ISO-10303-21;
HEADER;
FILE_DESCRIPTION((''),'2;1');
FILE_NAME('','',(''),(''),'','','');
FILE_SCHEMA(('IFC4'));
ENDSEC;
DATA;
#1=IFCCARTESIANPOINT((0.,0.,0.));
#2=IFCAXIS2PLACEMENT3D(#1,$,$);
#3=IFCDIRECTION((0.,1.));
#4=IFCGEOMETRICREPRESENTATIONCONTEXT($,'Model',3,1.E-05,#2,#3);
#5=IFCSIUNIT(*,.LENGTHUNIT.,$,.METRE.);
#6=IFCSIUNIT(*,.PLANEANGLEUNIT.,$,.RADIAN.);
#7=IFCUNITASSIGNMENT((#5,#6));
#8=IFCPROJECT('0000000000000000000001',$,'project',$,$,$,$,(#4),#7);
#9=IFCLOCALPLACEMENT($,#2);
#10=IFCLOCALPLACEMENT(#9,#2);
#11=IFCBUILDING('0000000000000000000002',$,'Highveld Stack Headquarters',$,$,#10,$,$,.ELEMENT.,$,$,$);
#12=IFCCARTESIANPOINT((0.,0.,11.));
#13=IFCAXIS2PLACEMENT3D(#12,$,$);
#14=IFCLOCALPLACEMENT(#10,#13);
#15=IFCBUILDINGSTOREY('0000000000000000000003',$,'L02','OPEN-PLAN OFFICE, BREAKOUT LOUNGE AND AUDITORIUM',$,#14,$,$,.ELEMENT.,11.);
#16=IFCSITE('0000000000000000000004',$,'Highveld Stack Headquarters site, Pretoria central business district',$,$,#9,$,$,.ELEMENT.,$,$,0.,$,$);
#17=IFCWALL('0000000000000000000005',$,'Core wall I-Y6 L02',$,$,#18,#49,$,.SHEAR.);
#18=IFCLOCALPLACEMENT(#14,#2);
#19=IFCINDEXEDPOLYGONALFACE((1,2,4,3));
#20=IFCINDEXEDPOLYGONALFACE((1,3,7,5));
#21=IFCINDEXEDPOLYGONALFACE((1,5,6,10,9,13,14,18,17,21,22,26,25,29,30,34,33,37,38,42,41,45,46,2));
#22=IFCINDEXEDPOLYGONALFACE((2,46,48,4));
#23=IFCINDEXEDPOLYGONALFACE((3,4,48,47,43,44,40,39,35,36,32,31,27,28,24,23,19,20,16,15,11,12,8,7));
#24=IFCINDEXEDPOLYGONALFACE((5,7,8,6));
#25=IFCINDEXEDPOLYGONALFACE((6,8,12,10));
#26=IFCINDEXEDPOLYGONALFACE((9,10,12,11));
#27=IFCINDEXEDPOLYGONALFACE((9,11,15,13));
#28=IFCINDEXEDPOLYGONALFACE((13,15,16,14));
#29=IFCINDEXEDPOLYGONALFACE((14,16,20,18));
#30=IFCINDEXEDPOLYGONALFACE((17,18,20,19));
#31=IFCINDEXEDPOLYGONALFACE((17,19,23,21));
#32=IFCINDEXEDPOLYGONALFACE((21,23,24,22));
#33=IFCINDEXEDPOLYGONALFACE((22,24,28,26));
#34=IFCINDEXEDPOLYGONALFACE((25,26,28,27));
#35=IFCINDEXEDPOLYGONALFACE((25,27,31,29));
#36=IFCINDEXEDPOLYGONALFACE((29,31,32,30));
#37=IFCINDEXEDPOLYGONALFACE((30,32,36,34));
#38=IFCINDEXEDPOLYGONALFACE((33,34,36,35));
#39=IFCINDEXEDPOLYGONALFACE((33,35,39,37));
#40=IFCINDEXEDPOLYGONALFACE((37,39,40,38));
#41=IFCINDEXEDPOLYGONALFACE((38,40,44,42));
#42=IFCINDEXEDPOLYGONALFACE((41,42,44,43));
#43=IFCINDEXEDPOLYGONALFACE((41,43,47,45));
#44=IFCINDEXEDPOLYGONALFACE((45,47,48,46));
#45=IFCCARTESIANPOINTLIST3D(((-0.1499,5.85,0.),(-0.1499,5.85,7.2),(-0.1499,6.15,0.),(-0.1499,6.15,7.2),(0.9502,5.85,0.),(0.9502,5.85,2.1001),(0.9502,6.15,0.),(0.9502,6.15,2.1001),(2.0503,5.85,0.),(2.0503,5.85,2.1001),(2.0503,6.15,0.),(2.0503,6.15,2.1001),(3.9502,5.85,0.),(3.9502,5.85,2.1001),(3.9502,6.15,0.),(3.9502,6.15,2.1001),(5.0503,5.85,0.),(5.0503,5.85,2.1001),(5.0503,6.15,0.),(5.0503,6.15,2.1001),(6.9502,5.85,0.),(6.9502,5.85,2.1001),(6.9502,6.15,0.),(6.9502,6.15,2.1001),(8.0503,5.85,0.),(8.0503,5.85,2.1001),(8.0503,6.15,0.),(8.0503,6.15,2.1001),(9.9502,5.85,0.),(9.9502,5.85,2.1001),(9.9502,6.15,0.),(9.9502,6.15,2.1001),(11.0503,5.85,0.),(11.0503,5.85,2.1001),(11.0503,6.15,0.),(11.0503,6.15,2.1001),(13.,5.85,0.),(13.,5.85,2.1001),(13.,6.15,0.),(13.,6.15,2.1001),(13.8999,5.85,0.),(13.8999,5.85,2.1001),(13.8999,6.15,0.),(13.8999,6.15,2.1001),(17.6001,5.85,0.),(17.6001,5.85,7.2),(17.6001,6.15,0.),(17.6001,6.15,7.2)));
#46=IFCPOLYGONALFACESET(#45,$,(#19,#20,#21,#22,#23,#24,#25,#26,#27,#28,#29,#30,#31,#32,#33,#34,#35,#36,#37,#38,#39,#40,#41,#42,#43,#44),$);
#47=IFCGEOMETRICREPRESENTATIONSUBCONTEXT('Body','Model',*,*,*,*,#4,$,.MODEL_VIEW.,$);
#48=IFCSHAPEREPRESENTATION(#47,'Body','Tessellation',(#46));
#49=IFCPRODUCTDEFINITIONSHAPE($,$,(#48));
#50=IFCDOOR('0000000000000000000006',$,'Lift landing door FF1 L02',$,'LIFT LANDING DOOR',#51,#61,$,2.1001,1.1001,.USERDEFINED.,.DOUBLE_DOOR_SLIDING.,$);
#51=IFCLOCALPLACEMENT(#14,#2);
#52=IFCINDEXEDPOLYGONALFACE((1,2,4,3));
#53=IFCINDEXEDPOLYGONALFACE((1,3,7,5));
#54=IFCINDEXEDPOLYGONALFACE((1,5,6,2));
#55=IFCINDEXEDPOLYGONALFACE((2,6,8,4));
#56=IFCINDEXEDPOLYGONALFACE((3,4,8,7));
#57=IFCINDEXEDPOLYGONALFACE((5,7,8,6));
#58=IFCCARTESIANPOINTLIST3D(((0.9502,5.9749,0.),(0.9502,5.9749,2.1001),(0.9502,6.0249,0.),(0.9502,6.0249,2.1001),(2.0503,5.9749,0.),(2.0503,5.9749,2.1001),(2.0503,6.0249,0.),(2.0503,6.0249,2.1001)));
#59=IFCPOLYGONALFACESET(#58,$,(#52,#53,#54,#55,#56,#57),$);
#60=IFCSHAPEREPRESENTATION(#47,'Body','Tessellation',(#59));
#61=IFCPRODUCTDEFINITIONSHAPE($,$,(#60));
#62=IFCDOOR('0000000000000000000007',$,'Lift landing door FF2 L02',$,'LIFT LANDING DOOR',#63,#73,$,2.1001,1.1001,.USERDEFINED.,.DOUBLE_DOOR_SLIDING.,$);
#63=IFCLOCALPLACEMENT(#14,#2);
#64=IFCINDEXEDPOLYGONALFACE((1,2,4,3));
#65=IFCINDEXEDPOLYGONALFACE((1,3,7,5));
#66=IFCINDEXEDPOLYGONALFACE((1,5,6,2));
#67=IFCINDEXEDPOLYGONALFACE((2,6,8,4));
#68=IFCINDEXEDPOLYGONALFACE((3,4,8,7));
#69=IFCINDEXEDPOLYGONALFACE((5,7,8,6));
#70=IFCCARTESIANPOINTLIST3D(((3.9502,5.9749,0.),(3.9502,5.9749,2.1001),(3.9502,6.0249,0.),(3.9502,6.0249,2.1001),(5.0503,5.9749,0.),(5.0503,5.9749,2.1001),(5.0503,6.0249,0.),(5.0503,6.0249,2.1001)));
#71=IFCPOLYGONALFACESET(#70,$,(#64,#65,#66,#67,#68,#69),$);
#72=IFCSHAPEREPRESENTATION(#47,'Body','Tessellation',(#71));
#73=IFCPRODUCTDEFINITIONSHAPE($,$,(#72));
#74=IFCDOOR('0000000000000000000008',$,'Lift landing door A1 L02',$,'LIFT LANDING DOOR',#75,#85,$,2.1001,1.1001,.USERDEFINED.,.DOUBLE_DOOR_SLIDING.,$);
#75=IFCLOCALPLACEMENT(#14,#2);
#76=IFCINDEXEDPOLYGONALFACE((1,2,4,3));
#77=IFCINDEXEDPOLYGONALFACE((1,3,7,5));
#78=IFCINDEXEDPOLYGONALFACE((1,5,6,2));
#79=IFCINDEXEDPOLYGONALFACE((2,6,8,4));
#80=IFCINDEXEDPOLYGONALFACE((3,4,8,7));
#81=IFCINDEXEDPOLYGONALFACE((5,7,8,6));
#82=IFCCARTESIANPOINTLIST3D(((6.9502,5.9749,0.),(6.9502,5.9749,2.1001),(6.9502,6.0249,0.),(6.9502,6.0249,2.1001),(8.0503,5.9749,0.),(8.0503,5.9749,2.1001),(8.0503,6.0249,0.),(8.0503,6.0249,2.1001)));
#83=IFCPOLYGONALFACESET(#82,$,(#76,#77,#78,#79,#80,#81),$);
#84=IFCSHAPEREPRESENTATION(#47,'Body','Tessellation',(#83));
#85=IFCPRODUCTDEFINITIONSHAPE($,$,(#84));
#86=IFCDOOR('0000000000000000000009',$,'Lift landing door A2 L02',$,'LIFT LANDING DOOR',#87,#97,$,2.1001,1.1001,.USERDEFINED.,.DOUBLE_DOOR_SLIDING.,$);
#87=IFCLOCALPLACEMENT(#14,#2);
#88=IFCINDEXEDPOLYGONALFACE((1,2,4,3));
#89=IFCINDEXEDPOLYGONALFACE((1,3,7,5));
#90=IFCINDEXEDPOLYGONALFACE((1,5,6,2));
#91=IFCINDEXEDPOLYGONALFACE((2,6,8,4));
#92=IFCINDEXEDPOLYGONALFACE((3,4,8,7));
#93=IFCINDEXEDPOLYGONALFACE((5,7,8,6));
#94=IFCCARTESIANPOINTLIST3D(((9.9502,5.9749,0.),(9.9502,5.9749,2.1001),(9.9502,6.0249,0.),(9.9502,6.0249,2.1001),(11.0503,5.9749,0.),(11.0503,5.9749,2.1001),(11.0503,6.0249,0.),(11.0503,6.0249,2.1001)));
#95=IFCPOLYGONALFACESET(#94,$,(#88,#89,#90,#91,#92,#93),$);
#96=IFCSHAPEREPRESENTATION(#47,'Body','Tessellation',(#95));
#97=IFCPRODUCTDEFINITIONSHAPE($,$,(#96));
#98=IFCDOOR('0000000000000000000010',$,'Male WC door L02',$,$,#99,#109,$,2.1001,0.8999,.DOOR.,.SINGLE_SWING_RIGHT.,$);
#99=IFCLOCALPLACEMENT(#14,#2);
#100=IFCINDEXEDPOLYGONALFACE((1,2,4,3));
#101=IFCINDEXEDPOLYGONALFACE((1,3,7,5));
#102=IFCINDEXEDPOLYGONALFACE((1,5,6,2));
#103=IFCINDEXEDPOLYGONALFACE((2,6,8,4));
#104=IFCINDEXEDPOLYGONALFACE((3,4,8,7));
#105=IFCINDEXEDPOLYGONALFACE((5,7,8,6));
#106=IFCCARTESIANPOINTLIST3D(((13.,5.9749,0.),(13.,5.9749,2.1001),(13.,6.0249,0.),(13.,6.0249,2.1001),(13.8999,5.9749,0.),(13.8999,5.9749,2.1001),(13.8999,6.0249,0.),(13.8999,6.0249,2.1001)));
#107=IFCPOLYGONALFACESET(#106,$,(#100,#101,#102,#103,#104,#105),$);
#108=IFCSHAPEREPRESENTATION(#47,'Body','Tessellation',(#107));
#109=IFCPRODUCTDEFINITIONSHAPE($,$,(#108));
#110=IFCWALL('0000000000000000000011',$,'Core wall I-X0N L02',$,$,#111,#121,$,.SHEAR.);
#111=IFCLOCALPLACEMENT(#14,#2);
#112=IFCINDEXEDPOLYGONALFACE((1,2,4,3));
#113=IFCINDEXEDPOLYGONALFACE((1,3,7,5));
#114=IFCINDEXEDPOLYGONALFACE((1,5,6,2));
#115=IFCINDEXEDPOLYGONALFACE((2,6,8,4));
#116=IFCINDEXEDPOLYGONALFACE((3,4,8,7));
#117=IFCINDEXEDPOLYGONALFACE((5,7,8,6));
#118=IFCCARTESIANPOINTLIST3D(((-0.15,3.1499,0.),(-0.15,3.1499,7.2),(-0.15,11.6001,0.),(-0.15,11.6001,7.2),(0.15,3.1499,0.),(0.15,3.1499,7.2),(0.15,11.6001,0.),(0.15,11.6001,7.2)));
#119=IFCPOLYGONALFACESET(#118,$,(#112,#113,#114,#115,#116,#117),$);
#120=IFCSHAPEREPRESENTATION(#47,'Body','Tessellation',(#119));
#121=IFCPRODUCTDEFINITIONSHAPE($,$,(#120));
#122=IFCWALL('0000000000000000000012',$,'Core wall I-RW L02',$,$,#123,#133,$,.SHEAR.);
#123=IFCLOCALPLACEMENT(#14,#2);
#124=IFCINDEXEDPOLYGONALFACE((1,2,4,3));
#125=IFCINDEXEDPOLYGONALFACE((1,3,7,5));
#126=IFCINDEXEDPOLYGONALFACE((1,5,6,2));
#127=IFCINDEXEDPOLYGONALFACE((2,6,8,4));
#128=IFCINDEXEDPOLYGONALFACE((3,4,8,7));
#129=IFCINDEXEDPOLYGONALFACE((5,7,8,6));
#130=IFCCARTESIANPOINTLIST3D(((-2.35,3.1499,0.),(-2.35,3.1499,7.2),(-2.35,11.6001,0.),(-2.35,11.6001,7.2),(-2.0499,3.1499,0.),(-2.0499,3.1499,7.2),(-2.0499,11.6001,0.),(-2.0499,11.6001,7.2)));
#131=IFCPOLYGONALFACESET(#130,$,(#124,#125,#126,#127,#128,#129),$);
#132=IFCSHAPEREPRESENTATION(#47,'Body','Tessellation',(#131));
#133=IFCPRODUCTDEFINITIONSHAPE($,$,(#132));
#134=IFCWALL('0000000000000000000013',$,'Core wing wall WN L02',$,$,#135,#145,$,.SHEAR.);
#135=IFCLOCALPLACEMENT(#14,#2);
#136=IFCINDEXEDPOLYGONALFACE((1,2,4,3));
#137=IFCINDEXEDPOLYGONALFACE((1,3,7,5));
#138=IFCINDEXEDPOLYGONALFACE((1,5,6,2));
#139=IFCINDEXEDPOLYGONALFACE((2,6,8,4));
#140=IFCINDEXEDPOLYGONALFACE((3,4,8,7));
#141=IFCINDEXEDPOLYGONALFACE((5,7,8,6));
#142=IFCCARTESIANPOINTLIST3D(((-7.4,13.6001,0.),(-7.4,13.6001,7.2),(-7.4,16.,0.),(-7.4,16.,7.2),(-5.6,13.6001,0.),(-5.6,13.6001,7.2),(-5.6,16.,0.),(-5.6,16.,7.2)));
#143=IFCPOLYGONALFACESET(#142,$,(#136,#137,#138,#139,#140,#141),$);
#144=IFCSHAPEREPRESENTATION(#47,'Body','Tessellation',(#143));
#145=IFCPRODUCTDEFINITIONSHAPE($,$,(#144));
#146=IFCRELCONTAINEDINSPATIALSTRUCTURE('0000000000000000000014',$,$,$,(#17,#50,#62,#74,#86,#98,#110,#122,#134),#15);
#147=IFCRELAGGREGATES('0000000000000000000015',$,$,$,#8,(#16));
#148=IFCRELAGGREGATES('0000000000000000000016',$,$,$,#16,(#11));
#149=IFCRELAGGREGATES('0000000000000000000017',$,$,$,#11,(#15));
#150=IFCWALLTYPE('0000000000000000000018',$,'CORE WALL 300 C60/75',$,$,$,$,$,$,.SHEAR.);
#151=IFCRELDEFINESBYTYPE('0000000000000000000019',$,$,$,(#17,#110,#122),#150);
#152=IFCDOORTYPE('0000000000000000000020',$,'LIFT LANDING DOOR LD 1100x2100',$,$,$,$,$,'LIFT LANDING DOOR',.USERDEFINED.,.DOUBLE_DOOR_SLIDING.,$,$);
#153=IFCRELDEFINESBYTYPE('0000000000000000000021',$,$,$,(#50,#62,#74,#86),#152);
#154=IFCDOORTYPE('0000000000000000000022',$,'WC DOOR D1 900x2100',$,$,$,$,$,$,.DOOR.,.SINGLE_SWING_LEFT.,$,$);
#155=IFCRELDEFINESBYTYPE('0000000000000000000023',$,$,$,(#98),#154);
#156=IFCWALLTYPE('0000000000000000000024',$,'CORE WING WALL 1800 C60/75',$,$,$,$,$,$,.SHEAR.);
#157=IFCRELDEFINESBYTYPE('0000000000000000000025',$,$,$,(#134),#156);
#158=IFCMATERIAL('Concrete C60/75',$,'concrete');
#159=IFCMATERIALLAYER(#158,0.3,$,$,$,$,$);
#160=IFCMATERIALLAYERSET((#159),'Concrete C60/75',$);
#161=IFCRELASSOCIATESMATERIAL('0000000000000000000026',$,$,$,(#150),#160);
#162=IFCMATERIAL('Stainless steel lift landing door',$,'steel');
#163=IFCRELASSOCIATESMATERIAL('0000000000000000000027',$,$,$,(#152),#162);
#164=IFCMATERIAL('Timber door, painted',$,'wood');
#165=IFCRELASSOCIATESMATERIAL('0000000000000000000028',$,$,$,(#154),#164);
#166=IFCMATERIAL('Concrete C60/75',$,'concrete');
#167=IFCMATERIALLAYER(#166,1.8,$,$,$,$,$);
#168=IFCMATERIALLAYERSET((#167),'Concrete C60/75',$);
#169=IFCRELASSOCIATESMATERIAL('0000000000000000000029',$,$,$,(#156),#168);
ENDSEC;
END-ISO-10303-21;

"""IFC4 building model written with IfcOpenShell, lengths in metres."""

from ifc_helpers import new_model, si_unit, direction, frame, frame_2d, origin, place, context, subcontext, project, spatial, rectangle, extrude, material, layer, layer_set, type_object, element, fill, save


model = new_model("IFC4")

# Units and contexts
model_context = context("Model", 3, precision=1e-05, world=origin(), true_north=direction((0.0, 1.0)))
body_context = subcontext(model_context, "Body", "Model", "MODEL_VIEW")
ifc_project = project(units=[si_unit("LENGTHUNIT", "METRE"), si_unit("PLANEANGLEUNIT", "RADIAN")], contexts=[model_context])

# Site, building, storey
site_placement = place(None, origin())
site = spatial("IfcSite", under=ifc_project, at=site_placement, Name="Highveld Stack Headquarters site, Pretoria central business district", CompositionType="ELEMENT", RefElevation=0.0)
building_placement = place(site_placement, origin())
building = spatial("IfcBuilding", under=site, at=building_placement, Name="Highveld Stack Headquarters", CompositionType="ELEMENT")
storey_placement = place(building_placement, frame((0.0, 0.0, 11.0)))
storey = spatial("IfcBuildingStorey", under=building, at=storey_placement, Name="L02", Description="OPEN-PLAN OFFICE, BREAKOUT LOUNGE AND AUDITORIUM", CompositionType="ELEMENT", Elevation=11.0)

# Wall, openings, doors
ifc_material_1 = material(Name="Concrete C60/75", Category="concrete")
ifc_layer_1 = layer(ifc_material_1, 0.3)
ifc_layer_set_1 = layer_set([ifc_layer_1], Name="Concrete C60/75")
wall_type_1 = type_object("IfcWallType", Name="CORE WALL 300 C60/75", PredefinedType="SHEAR", material=ifc_layer_set_1)
wall_1_placement = place(storey_placement, frame((-0.1499, 6.0, 0.0), z_axis=(0.0, 0.0, 1.0), x_axis=(1.0, 0.0, 0.0)))
wall_1 = element("IfcWall", 1, at=wall_1_placement, inside=storey, type_object=wall_type_1, Name="Core wall I-Y6 L02", PredefinedType="SHEAR", context=body_context, shape_type="SweptSolid", body=[
    extrude(rectangle(XDim=17.75, YDim=0.3, at=frame_2d((8.875, 0.0))), origin(), (0.0, 0.0, 1.0), 7.2),
])
opening_1_placement = place(wall_1_placement, frame((13.1499, 0.0, 0.0)))
opening_1 = element("IfcOpeningElement", 2, at=opening_1_placement, cuts=wall_1, PredefinedType="OPENING", context=body_context, shape_type="SweptSolid", body=[
    extrude(rectangle(XDim=0.8999, YDim=2.1001, at=frame_2d((0.45, 1.05))), frame((0.0, 0.1599, 0.0), z_axis=(0.0, -1.0, 0.0), x_axis=(1.0, 0.0, 0.0)), (0.0, 0.0, 1.0), 0.3201),
])
opening_2_placement = place(wall_1_placement, frame((1.1001, 0.0, 0.0)))
opening_2 = element("IfcOpeningElement", 3, at=opening_2_placement, cuts=wall_1, PredefinedType="OPENING", context=body_context, shape_type="SweptSolid", body=[
    extrude(rectangle(XDim=1.1001, YDim=2.1001, at=frame_2d((0.55, 1.05))), frame((0.0, 0.1599, 0.0), z_axis=(0.0, -1.0, 0.0), x_axis=(1.0, 0.0, 0.0)), (0.0, 0.0, 1.0), 0.3201),
])
opening_3_placement = place(wall_1_placement, frame((4.1001, 0.0, 0.0)))
opening_3 = element("IfcOpeningElement", 4, at=opening_3_placement, cuts=wall_1, PredefinedType="OPENING", context=body_context, shape_type="SweptSolid", body=[
    extrude(rectangle(XDim=1.1001, YDim=2.1001, at=frame_2d((0.55, 1.05))), frame((0.0, 0.1599, 0.0), z_axis=(0.0, -1.0, 0.0), x_axis=(1.0, 0.0, 0.0)), (0.0, 0.0, 1.0), 0.3201),
])
opening_4_placement = place(wall_1_placement, frame((7.1001, 0.0, 0.0)))
opening_4 = element("IfcOpeningElement", 5, at=opening_4_placement, cuts=wall_1, PredefinedType="OPENING", context=body_context, shape_type="SweptSolid", body=[
    extrude(rectangle(XDim=1.1001, YDim=2.1001, at=frame_2d((0.55, 1.05))), frame((0.0, 0.1599, 0.0), z_axis=(0.0, -1.0, 0.0), x_axis=(1.0, 0.0, 0.0)), (0.0, 0.0, 1.0), 0.3201),
])
opening_5_placement = place(wall_1_placement, frame((10.1001, 0.0, 0.0)))
opening_5 = element("IfcOpeningElement", 6, at=opening_5_placement, cuts=wall_1, PredefinedType="OPENING", context=body_context, shape_type="SweptSolid", body=[
    extrude(rectangle(XDim=1.1001, YDim=2.1001, at=frame_2d((0.55, 1.05))), frame((0.0, 0.1599, 0.0), z_axis=(0.0, -1.0, 0.0), x_axis=(1.0, 0.0, 0.0)), (0.0, 0.0, 1.0), 0.3201),
])
ifc_material_2 = material(Name="Stainless steel lift landing door", Category="steel")
door_type_1 = type_object("IfcDoorType", Name="LIFT LANDING DOOR LD 1100x2100", ElementType="LIFT LANDING DOOR", OperationType="DOUBLE_DOOR_SLIDING", PredefinedType="USERDEFINED", material=ifc_material_2)
door_1_placement = place(opening_2_placement, origin())
door_1 = element("IfcDoor", 7, at=door_1_placement, inside=storey, type_object=door_type_1, Name="Lift landing door FF1 L02", ObjectType="LIFT LANDING DOOR", OperationType="DOUBLE_DOOR_SLIDING", OverallHeight=2.1001, OverallWidth=1.1001, PredefinedType="USERDEFINED", context=body_context, shape_type="SweptSolid", body=[
    extrude(rectangle(XDim=1.1001, YDim=2.1001, at=frame_2d((0.55, 1.05))), frame((0.0, 0.0249, 0.0), z_axis=(0.0, -1.0, 0.0), x_axis=(1.0, 0.0, 0.0)), (0.0, 0.0, 1.0), 0.05),
])
fill(opening_2, door_1)
door_2_placement = place(opening_3_placement, origin())
door_2 = element("IfcDoor", 8, at=door_2_placement, inside=storey, type_object=door_type_1, Name="Lift landing door FF2 L02", ObjectType="LIFT LANDING DOOR", OperationType="DOUBLE_DOOR_SLIDING", OverallHeight=2.1001, OverallWidth=1.1001, PredefinedType="USERDEFINED", context=body_context, shape_type="SweptSolid", body=[
    extrude(rectangle(XDim=1.1001, YDim=2.1001, at=frame_2d((0.55, 1.05))), frame((0.0, 0.0249, 0.0), z_axis=(0.0, -1.0, 0.0), x_axis=(1.0, 0.0, 0.0)), (0.0, 0.0, 1.0), 0.05),
])
fill(opening_3, door_2)
door_3_placement = place(opening_4_placement, origin())
door_3 = element("IfcDoor", 9, at=door_3_placement, inside=storey, type_object=door_type_1, Name="Lift landing door A1 L02", ObjectType="LIFT LANDING DOOR", OperationType="DOUBLE_DOOR_SLIDING", OverallHeight=2.1001, OverallWidth=1.1001, PredefinedType="USERDEFINED", context=body_context, shape_type="SweptSolid", body=[
    extrude(rectangle(XDim=1.1001, YDim=2.1001, at=frame_2d((0.55, 1.05))), frame((0.0, 0.0249, 0.0), z_axis=(0.0, -1.0, 0.0), x_axis=(1.0, 0.0, 0.0)), (0.0, 0.0, 1.0), 0.05),
])
fill(opening_4, door_3)
door_4_placement = place(opening_5_placement, origin())
door_4 = element("IfcDoor", 10, at=door_4_placement, inside=storey, type_object=door_type_1, Name="Lift landing door A2 L02", ObjectType="LIFT LANDING DOOR", OperationType="DOUBLE_DOOR_SLIDING", OverallHeight=2.1001, OverallWidth=1.1001, PredefinedType="USERDEFINED", context=body_context, shape_type="SweptSolid", body=[
    extrude(rectangle(XDim=1.1001, YDim=2.1001, at=frame_2d((0.55, 1.05))), frame((0.0, 0.0249, 0.0), z_axis=(0.0, -1.0, 0.0), x_axis=(1.0, 0.0, 0.0)), (0.0, 0.0, 1.0), 0.05),
])
fill(opening_5, door_4)
ifc_material_3 = material(Name="Timber door, painted", Category="wood")
door_type_2 = type_object("IfcDoorType", Name="WC DOOR D1 900x2100", OperationType="SINGLE_SWING_LEFT", PredefinedType="DOOR", material=ifc_material_3)
door_5_placement = place(opening_1_placement, origin())
door_5 = element("IfcDoor", 11, at=door_5_placement, inside=storey, type_object=door_type_2, Name="Male WC door L02", OperationType="SINGLE_SWING_RIGHT", OverallHeight=2.1001, OverallWidth=0.8999, PredefinedType="DOOR", context=body_context, shape_type="SweptSolid", body=[
    extrude(rectangle(XDim=0.8999, YDim=2.1001, at=frame_2d((0.45, 1.05))), frame((0.0, 0.0249, 0.0), z_axis=(0.0, -1.0, 0.0), x_axis=(1.0, 0.0, 0.0)), (0.0, 0.0, 1.0), 0.05),
])
fill(opening_1, door_5)

# Walls
for number, where, z_axis, x_axis, name in (
    (12, (0.0, 3.1499, 0.0), (0.0, 0.0, 1.0), (0.0, 1.0, 0.0), "Core wall I-X0N L02"),
    (13, (-2.2, 3.1499, 0.0), (0.0, 0.0, 1.0), (0.0, 1.0, 0.0), "Core wall I-RW L02"),
):
    element("IfcWall", number, at=place(storey_placement, frame(where, z_axis=z_axis, x_axis=x_axis)), inside=storey, type_object=wall_type_1, Name=name, PredefinedType="SHEAR", context=body_context, shape_type="SweptSolid", body=[
        extrude(rectangle(XDim=8.4502, YDim=0.3, at=frame_2d((4.2251, 0.0))), origin(), (0.0, 0.0, 1.0), 7.2),
    ])
ifc_material_4 = material(Name="Concrete C60/75", Category="concrete")
ifc_layer_2 = layer(ifc_material_4, 1.8)
ifc_layer_set_2 = layer_set([ifc_layer_2], Name="Concrete C60/75")
wall_type_2 = type_object("IfcWallType", Name="CORE WING WALL 1800 C60/75", PredefinedType="SHEAR", material=ifc_layer_set_2)
wall_2_placement = place(storey_placement, frame((-6.5, 13.6001, 0.0), z_axis=(0.0, 0.0, 1.0), x_axis=(0.0, 1.0, 0.0)))
element("IfcWall", 14, at=wall_2_placement, inside=storey, type_object=wall_type_2, Name="Core wing wall WN L02", PredefinedType="SHEAR", context=body_context, shape_type="SweptSolid", body=[
    extrude(rectangle(XDim=2.3999, YDim=1.8, at=frame_2d((1.2, 0.0))), origin(), (0.0, 0.0, 1.0), 7.2),
])

save(model, "model.ifc")
